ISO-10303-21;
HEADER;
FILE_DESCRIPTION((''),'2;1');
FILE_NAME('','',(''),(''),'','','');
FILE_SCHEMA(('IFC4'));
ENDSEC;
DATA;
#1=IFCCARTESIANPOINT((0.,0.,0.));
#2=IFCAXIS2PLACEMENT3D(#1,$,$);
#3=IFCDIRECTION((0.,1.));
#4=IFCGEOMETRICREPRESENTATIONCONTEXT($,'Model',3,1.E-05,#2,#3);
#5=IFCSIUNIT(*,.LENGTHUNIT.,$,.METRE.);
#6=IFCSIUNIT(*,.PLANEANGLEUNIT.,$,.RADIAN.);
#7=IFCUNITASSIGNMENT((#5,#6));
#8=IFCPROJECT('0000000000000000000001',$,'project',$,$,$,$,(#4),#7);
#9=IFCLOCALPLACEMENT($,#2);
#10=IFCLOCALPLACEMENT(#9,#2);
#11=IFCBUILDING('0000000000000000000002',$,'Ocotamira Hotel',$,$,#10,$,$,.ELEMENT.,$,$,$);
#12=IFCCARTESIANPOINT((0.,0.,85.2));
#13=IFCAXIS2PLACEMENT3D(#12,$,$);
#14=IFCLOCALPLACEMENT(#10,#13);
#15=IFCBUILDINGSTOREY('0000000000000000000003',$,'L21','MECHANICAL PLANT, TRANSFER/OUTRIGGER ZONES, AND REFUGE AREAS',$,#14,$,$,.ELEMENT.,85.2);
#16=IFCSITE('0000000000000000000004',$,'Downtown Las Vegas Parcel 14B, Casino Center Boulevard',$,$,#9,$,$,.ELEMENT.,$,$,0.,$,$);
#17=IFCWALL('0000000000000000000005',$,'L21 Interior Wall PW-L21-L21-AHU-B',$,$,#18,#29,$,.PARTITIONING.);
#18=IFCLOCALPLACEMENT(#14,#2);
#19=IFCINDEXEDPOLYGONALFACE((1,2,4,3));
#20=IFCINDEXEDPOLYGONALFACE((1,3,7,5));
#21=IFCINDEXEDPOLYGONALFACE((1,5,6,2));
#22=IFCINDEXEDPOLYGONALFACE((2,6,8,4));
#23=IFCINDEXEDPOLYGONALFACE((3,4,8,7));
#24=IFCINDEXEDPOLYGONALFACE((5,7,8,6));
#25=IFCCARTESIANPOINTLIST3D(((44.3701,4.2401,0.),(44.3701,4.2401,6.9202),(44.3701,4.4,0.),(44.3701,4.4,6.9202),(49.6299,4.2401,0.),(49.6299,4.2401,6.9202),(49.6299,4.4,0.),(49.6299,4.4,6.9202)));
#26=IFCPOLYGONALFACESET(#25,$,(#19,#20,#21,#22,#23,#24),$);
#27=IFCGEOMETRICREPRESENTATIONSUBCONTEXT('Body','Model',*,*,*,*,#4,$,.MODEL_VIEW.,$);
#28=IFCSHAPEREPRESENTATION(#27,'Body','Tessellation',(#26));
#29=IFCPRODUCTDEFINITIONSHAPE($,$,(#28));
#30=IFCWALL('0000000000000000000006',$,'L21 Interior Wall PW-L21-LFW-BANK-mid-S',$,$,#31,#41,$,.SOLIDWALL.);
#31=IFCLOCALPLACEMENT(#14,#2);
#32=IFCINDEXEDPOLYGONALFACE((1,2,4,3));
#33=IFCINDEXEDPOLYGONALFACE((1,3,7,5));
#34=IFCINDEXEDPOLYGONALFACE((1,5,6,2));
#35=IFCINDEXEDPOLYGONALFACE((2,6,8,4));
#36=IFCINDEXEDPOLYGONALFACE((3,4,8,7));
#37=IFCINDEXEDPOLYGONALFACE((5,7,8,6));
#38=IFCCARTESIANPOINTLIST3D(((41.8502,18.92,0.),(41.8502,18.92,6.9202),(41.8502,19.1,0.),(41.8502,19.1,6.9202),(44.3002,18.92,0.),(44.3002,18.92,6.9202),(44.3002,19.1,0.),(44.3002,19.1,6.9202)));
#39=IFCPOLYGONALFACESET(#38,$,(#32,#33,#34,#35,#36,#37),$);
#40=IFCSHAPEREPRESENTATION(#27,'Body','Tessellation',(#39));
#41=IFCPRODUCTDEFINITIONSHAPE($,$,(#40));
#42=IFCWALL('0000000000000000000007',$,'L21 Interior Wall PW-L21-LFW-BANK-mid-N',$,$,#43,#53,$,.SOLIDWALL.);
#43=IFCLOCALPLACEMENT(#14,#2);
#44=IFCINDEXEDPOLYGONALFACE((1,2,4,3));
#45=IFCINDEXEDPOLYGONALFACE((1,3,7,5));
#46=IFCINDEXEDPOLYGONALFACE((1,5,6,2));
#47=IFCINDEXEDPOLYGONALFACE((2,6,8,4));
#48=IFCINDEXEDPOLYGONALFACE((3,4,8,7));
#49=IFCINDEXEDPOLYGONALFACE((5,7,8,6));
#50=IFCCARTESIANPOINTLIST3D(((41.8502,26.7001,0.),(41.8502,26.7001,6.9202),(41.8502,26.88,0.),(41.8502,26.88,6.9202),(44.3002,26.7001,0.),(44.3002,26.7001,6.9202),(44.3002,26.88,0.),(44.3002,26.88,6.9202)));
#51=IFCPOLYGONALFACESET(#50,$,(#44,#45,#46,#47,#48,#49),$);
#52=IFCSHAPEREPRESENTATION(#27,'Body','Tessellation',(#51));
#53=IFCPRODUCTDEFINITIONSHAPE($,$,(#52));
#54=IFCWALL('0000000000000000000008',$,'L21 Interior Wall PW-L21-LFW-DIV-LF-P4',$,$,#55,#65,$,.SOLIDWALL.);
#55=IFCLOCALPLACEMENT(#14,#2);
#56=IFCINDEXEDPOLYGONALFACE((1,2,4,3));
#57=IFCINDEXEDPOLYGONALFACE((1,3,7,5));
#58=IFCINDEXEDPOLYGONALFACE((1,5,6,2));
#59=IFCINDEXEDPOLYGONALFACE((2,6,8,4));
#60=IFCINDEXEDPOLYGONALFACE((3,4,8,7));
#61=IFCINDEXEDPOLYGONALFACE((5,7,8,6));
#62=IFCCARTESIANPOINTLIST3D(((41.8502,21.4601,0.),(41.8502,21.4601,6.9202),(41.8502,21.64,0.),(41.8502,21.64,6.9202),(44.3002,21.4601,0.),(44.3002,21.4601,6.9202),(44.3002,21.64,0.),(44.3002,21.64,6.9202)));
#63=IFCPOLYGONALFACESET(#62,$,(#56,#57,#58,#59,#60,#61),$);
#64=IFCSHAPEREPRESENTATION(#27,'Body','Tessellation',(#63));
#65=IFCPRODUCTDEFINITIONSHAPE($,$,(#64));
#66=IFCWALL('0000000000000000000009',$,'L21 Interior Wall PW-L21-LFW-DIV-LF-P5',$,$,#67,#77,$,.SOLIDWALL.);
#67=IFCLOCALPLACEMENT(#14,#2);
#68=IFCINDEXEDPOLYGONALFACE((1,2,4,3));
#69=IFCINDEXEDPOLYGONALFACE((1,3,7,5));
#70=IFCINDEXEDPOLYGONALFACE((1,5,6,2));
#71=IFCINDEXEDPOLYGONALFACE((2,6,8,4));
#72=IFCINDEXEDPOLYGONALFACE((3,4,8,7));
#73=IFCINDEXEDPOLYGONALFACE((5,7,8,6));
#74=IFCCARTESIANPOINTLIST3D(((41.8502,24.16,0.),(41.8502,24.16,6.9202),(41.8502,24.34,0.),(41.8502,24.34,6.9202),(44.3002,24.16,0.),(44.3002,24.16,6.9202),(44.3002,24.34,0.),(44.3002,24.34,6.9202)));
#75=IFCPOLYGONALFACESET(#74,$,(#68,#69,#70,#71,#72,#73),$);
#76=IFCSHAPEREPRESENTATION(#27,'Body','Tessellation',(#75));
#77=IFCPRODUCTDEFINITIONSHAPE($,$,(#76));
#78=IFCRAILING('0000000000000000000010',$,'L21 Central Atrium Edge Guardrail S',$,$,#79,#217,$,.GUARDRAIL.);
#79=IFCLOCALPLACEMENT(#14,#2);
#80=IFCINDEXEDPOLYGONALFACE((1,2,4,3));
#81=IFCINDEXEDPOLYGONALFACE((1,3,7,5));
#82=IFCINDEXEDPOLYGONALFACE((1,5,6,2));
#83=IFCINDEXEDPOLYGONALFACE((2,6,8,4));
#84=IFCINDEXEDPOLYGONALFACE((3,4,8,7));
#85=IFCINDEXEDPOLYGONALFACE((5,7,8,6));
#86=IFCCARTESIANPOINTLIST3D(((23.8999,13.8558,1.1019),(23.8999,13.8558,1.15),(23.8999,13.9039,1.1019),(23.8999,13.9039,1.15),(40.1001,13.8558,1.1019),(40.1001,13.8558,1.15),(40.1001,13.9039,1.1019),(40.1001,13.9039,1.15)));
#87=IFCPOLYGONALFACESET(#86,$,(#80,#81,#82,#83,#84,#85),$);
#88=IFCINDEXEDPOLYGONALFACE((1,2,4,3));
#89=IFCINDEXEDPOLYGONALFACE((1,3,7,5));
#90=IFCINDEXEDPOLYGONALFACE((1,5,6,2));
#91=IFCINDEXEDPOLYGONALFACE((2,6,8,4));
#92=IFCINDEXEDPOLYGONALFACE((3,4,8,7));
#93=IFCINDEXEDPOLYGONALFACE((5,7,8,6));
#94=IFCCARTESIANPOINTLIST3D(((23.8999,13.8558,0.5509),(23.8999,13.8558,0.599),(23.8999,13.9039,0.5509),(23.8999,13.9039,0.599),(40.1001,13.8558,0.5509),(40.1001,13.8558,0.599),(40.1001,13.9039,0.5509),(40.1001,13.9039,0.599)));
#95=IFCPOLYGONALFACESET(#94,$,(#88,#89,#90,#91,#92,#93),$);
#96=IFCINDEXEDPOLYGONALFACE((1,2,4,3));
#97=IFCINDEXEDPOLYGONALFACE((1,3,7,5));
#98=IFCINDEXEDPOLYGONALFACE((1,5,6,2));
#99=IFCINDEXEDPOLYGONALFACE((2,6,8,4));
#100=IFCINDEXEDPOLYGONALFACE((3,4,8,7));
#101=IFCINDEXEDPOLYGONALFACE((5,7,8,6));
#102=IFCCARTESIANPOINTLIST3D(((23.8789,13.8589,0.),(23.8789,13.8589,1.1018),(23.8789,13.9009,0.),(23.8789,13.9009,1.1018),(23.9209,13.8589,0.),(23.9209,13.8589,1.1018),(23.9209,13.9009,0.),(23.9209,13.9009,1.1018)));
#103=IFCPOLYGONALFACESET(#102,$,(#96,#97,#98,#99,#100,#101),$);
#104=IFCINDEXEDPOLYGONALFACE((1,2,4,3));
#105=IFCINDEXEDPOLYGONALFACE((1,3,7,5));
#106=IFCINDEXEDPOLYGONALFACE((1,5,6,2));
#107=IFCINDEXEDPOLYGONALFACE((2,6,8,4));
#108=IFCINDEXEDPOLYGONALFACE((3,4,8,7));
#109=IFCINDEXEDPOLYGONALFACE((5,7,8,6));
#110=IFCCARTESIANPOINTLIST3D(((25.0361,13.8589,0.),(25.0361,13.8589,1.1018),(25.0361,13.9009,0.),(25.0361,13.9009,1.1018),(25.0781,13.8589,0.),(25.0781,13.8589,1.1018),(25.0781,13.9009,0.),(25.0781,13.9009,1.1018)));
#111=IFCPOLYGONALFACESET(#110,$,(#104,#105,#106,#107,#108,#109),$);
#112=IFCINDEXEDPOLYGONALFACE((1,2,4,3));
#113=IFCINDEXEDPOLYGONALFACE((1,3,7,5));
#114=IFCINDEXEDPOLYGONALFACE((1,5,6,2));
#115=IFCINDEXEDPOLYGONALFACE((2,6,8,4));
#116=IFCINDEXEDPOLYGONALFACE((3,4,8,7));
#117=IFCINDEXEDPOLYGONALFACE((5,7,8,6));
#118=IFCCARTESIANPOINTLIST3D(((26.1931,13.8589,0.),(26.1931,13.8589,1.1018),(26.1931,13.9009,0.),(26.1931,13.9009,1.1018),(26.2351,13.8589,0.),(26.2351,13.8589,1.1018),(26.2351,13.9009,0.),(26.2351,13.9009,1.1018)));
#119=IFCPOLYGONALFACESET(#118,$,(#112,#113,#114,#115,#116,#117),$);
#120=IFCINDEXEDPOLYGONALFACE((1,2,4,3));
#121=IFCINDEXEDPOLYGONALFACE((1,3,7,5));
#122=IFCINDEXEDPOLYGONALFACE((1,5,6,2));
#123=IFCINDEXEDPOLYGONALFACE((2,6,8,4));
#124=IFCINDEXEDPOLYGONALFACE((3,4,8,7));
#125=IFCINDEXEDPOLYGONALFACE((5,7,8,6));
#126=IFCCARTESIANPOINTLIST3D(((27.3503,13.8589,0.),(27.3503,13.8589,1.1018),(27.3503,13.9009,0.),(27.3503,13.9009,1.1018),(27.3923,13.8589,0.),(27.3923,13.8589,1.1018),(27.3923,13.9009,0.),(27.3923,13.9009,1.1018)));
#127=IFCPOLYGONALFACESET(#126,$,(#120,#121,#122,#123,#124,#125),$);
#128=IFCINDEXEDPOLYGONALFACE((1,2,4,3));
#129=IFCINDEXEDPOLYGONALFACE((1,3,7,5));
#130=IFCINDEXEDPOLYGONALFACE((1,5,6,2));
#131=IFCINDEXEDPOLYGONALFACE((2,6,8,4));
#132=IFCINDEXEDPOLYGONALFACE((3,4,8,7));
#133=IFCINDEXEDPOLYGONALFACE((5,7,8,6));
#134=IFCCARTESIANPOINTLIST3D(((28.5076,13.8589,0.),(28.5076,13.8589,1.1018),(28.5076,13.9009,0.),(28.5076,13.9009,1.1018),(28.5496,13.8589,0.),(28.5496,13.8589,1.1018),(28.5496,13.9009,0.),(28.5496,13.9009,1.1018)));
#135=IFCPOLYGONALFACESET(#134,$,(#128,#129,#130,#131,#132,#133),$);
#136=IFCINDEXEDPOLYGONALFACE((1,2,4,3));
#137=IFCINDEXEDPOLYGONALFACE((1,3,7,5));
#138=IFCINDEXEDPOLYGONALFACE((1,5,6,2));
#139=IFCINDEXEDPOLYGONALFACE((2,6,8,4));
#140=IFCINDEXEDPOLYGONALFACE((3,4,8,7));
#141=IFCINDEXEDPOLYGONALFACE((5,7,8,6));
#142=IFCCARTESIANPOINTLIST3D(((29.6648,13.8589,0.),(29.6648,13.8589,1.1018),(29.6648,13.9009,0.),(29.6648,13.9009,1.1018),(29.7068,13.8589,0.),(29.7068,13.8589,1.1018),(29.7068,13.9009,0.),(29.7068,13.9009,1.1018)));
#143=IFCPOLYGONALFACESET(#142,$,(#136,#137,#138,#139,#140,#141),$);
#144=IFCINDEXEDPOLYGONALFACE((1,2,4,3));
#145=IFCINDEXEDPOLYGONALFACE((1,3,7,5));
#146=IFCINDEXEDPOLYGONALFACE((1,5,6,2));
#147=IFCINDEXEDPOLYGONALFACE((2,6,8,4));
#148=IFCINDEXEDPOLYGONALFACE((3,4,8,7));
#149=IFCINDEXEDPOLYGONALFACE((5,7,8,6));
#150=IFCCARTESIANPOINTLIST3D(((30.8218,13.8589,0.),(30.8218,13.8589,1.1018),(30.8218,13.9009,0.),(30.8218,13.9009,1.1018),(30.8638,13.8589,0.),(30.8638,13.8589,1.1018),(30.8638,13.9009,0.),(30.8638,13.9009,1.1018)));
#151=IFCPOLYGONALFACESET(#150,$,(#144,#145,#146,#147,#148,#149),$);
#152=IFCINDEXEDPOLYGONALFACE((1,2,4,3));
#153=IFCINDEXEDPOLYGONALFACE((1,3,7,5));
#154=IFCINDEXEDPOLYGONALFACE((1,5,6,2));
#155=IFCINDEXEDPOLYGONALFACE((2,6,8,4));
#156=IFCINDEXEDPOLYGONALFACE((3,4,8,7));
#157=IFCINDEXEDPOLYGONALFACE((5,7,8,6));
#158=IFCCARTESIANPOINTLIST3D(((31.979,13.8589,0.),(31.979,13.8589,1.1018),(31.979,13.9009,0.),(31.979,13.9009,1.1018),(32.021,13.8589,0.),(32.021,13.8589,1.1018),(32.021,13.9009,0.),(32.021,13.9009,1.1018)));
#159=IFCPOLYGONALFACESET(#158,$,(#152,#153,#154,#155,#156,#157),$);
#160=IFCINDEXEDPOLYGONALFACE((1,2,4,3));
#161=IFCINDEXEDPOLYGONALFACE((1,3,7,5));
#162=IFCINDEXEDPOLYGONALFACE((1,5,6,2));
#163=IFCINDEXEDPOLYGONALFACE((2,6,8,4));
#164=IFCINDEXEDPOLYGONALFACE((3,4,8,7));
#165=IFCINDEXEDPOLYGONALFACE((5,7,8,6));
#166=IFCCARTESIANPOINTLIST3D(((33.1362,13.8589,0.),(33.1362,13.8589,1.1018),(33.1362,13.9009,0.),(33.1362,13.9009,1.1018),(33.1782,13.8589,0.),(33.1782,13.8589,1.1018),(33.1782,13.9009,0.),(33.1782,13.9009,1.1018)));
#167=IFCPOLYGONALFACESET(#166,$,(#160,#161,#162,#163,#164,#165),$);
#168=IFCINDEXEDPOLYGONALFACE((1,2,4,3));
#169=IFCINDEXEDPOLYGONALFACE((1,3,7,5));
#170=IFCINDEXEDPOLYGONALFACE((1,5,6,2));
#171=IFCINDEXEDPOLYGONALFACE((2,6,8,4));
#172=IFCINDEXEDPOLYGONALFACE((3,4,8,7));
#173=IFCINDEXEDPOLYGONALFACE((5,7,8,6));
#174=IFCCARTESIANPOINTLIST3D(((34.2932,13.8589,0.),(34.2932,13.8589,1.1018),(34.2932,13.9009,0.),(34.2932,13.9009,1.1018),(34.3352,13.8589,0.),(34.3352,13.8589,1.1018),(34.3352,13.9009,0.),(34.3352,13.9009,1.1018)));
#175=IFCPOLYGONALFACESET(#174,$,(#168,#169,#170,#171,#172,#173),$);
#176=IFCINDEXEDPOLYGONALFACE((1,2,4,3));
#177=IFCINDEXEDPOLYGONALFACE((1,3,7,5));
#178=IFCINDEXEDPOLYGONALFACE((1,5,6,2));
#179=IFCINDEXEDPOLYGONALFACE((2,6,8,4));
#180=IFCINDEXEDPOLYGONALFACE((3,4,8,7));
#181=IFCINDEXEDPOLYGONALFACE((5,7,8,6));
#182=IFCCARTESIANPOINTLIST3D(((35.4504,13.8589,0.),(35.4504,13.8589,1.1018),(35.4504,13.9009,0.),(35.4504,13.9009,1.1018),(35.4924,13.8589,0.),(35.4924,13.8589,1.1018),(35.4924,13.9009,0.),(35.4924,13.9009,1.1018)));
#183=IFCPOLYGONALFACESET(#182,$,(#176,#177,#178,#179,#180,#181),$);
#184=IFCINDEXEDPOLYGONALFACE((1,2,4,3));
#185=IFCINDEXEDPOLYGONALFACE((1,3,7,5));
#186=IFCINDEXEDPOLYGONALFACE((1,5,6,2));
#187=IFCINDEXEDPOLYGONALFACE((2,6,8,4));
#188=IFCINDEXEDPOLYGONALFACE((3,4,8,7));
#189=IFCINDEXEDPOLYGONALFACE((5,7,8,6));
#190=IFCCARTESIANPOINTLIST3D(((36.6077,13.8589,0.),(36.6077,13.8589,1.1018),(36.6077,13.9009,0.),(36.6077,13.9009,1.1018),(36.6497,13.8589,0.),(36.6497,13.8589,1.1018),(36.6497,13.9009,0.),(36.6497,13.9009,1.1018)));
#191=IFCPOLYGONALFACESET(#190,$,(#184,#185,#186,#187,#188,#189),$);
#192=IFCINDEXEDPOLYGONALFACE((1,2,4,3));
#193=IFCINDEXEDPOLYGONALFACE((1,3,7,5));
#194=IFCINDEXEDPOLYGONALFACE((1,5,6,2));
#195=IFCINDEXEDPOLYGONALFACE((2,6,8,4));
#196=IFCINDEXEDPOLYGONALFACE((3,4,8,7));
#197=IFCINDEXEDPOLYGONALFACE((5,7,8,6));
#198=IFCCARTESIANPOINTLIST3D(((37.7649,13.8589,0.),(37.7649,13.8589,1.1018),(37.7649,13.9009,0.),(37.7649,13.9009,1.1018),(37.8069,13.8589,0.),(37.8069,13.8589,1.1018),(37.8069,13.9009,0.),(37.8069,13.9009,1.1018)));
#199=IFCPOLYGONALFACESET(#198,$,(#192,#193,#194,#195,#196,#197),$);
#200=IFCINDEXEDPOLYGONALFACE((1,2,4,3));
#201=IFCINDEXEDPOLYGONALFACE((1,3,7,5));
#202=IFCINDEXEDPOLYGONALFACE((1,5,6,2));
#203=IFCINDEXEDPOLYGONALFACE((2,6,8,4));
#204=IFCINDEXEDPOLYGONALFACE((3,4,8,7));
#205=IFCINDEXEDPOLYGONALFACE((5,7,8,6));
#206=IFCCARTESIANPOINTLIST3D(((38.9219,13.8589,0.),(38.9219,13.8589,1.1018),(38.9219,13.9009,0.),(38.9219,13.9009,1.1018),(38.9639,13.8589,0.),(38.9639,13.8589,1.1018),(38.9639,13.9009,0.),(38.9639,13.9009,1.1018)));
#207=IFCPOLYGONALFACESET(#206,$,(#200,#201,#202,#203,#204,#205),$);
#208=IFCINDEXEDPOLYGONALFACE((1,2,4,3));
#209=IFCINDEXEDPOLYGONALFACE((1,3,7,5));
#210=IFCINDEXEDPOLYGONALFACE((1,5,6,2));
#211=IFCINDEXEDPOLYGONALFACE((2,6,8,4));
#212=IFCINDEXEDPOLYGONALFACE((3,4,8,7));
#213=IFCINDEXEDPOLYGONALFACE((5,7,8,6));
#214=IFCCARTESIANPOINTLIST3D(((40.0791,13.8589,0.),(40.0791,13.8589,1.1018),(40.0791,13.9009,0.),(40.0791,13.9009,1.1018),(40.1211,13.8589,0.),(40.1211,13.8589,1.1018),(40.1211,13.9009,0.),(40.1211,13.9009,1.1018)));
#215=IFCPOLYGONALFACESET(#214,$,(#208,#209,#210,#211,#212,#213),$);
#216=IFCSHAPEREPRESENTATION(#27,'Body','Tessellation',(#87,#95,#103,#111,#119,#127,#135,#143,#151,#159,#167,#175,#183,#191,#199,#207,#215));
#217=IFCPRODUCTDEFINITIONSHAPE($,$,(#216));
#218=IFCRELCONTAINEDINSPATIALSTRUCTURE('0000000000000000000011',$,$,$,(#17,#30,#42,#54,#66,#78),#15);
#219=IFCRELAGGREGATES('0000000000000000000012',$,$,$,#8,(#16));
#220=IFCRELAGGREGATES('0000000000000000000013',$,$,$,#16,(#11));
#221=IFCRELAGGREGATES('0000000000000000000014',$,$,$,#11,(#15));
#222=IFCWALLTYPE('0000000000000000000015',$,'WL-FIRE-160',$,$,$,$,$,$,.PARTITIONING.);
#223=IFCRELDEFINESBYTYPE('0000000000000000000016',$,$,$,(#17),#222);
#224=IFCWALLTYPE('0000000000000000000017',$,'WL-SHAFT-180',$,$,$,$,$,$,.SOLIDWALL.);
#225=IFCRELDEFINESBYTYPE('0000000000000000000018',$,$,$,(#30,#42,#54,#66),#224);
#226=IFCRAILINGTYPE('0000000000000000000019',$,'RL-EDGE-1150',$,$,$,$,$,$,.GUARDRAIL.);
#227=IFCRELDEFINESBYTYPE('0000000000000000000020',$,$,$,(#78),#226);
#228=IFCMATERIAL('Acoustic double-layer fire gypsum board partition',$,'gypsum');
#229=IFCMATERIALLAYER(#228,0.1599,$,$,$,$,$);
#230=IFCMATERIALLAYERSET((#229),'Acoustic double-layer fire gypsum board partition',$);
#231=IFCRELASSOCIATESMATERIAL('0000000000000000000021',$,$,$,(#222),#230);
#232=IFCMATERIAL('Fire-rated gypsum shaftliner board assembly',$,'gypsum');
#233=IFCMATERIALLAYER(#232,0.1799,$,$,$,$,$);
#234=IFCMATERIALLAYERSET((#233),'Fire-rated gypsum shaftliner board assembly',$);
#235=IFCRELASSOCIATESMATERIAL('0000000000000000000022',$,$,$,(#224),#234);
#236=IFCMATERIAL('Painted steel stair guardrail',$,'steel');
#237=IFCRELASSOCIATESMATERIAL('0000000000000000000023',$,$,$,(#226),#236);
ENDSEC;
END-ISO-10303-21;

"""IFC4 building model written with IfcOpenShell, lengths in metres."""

from ifc_helpers import new_model, si_unit, direction, frame, frame_2d, origin, origin_2d, place, context, subcontext, project, spatial, rectangle, extrude, material, layer, layer_set, type_object, element, save


model = new_model("IFC4")

# Units and contexts
model_context = context("Model", 3, precision=1e-05, world=origin(), true_north=direction((0.0, 1.0)))
body_context = subcontext(model_context, "Body", "Model", "MODEL_VIEW")
ifc_project = project(units=[si_unit("LENGTHUNIT", "METRE"), si_unit("PLANEANGLEUNIT", "RADIAN")], contexts=[model_context])

# Site, building, storey
site_placement = place(None, origin())
site = spatial("IfcSite", under=ifc_project, at=site_placement, Name="Downtown Las Vegas Parcel 14B, Casino Center Boulevard", CompositionType="ELEMENT", RefElevation=0.0)
building_placement = place(site_placement, origin())
building = spatial("IfcBuilding", under=site, at=building_placement, Name="Ocotamira Hotel", CompositionType="ELEMENT")
storey_placement = place(building_placement, frame((0.0, 0.0, 85.2)))
storey = spatial("IfcBuildingStorey", under=building, at=storey_placement, Name="L21", Description="MECHANICAL PLANT, TRANSFER/OUTRIGGER ZONES, AND REFUGE AREAS", CompositionType="ELEMENT", Elevation=85.2)

# Shared definitions
ifc_material_1 = material(Name="Acoustic double-layer fire gypsum board partition", Category="gypsum")
ifc_layer_1 = layer(ifc_material_1, 0.1599)
ifc_layer_set_1 = layer_set([ifc_layer_1], Name="Acoustic double-layer fire gypsum board partition")
wall_type_1 = type_object("IfcWallType", Name="WL-FIRE-160", PredefinedType="PARTITIONING", material=ifc_layer_set_1)

# Walls
wall_1_placement = place(storey_placement, frame((44.3701, 4.3201, 0.0), z_axis=(0.0, 0.0, 1.0), x_axis=(1.0, 0.0, 0.0)))
element("IfcWall", 1, at=wall_1_placement, inside=storey, type_object=wall_type_1, Name="L21 Interior Wall PW-L21-L21-AHU-B", PredefinedType="PARTITIONING", context=body_context, shape_type="SweptSolid", body=[
    extrude(rectangle(XDim=5.2598, YDim=0.1599, at=frame_2d((2.6299, 0.0))), origin(), (0.0, 0.0, 1.0), 6.9202),
])
ifc_material_2 = material(Name="Fire-rated gypsum shaftliner board assembly", Category="gypsum")
ifc_layer_2 = layer(ifc_material_2, 0.1799)
ifc_layer_set_2 = layer_set([ifc_layer_2], Name="Fire-rated gypsum shaftliner board assembly")
wall_type_2 = type_object("IfcWallType", Name="WL-SHAFT-180", PredefinedType="SOLIDWALL", material=ifc_layer_set_2)
for number, where, z_axis, x_axis, name in (
    (2, (41.8501, 19.01, 0.0), (0.0, 0.0, 1.0), (1.0, 0.0, 0.0), "L21 Interior Wall PW-L21-LFW-BANK-mid-S"),
    (3, (41.8501, 26.79, 0.0), (0.0, 0.0, 1.0), (1.0, 0.0, 0.0), "L21 Interior Wall PW-L21-LFW-BANK-mid-N"),
    (4, (41.8501, 21.55, 0.0), (0.0, 0.0, 1.0), (1.0, 0.0, 0.0), "L21 Interior Wall PW-L21-LFW-DIV-LF-P4"),
    (5, (41.8501, 24.25, 0.0), (0.0, 0.0, 1.0), (1.0, 0.0, 0.0), "L21 Interior Wall PW-L21-LFW-DIV-LF-P5"),
):
    element("IfcWall", number, at=place(storey_placement, frame(where, z_axis=z_axis, x_axis=x_axis)), inside=storey, type_object=wall_type_2, Name=name, PredefinedType="SOLIDWALL", context=body_context, shape_type="SweptSolid", body=[
        extrude(rectangle(XDim=2.45, YDim=0.1799, at=frame_2d((1.2251, 0.0))), origin(), (0.0, 0.0, 1.0), 6.9202),
    ])

# Railing
ifc_material_3 = material(Name="Painted steel stair guardrail", Category="steel")
railing_type = type_object("IfcRailingType", Name="RL-EDGE-1150", PredefinedType="GUARDRAIL", material=ifc_material_3)
railing_1_placement = place(storey_placement, frame((23.8999, 13.8799, 0.0)))
element("IfcRailing", 6, at=railing_1_placement, inside=storey, type_object=railing_type, Name="L21 Central Atrium Edge Guardrail S", PredefinedType="GUARDRAIL", context=body_context, shape_type="SweptSolid", body=[
    extrude(rectangle(XDim=0.0481, YDim=0.0481, at=origin_2d()), frame((0.0, 0.0, 1.126), z_axis=(1.0, 0.0, 0.0), x_axis=(0.0, 1.0, 0.0)), (0.0, 0.0, 1.0), 16.2002),
    extrude(rectangle(XDim=0.0481, YDim=0.0481, at=origin_2d()), frame((0.0, 0.0, 0.575), z_axis=(1.0, 0.0, 0.0), x_axis=(0.0, 1.0, 0.0)), (0.0, 0.0, 1.0), 16.2002),
    extrude(rectangle(XDim=0.042, YDim=0.042, at=origin_2d()), origin(), (0.0, 0.0, 1.0), 1.1018),
    extrude(rectangle(XDim=0.042, YDim=0.042, at=origin_2d()), frame((1.1572, 0.0, 0.0)), (0.0, 0.0, 1.0), 1.1018),
    extrude(rectangle(XDim=0.042, YDim=0.042, at=origin_2d()), frame((2.3142, 0.0, 0.0)), (0.0, 0.0, 1.0), 1.1018),
    extrude(rectangle(XDim=0.042, YDim=0.042, at=origin_2d()), frame((3.4714, 0.0, 0.0)), (0.0, 0.0, 1.0), 1.1018),
    extrude(rectangle(XDim=0.042, YDim=0.042, at=origin_2d()), frame((4.6287, 0.0, 0.0)), (0.0, 0.0, 1.0), 1.1018),
    extrude(rectangle(XDim=0.042, YDim=0.042, at=origin_2d()), frame((5.7859, 0.0, 0.0)), (0.0, 0.0, 1.0), 1.1018),
    extrude(rectangle(XDim=0.042, YDim=0.042, at=origin_2d()), frame((6.9429, 0.0, 0.0)), (0.0, 0.0, 1.0), 1.1018),
    extrude(rectangle(XDim=0.042, YDim=0.042, at=origin_2d()), frame((8.1001, 0.0, 0.0)), (0.0, 0.0, 1.0), 1.1018),
    extrude(rectangle(XDim=0.042, YDim=0.042, at=origin_2d()), frame((9.2573, 0.0, 0.0)), (0.0, 0.0, 1.0), 1.1018),
    extrude(rectangle(XDim=0.042, YDim=0.042, at=origin_2d()), frame((10.4143, 0.0, 0.0)), (0.0, 0.0, 1.0), 1.1018),
    extrude(rectangle(XDim=0.042, YDim=0.042, at=origin_2d()), frame((11.5715, 0.0, 0.0)), (0.0, 0.0, 1.0), 1.1018),
    extrude(rectangle(XDim=0.042, YDim=0.042, at=origin_2d()), frame((12.7288, 0.0, 0.0)), (0.0, 0.0, 1.0), 1.1018),
    extrude(rectangle(XDim=0.042, YDim=0.042, at=origin_2d()), frame((13.886, 0.0, 0.0)), (0.0, 0.0, 1.0), 1.1018),
    extrude(rectangle(XDim=0.042, YDim=0.042, at=origin_2d()), frame((15.043, 0.0, 0.0)), (0.0, 0.0, 1.0), 1.1018),
    extrude(rectangle(XDim=0.042, YDim=0.042, at=origin_2d()), frame((16.2002, 0.0, 0.0)), (0.0, 0.0, 1.0), 1.1018),
])

save(model, "model.ifc")
